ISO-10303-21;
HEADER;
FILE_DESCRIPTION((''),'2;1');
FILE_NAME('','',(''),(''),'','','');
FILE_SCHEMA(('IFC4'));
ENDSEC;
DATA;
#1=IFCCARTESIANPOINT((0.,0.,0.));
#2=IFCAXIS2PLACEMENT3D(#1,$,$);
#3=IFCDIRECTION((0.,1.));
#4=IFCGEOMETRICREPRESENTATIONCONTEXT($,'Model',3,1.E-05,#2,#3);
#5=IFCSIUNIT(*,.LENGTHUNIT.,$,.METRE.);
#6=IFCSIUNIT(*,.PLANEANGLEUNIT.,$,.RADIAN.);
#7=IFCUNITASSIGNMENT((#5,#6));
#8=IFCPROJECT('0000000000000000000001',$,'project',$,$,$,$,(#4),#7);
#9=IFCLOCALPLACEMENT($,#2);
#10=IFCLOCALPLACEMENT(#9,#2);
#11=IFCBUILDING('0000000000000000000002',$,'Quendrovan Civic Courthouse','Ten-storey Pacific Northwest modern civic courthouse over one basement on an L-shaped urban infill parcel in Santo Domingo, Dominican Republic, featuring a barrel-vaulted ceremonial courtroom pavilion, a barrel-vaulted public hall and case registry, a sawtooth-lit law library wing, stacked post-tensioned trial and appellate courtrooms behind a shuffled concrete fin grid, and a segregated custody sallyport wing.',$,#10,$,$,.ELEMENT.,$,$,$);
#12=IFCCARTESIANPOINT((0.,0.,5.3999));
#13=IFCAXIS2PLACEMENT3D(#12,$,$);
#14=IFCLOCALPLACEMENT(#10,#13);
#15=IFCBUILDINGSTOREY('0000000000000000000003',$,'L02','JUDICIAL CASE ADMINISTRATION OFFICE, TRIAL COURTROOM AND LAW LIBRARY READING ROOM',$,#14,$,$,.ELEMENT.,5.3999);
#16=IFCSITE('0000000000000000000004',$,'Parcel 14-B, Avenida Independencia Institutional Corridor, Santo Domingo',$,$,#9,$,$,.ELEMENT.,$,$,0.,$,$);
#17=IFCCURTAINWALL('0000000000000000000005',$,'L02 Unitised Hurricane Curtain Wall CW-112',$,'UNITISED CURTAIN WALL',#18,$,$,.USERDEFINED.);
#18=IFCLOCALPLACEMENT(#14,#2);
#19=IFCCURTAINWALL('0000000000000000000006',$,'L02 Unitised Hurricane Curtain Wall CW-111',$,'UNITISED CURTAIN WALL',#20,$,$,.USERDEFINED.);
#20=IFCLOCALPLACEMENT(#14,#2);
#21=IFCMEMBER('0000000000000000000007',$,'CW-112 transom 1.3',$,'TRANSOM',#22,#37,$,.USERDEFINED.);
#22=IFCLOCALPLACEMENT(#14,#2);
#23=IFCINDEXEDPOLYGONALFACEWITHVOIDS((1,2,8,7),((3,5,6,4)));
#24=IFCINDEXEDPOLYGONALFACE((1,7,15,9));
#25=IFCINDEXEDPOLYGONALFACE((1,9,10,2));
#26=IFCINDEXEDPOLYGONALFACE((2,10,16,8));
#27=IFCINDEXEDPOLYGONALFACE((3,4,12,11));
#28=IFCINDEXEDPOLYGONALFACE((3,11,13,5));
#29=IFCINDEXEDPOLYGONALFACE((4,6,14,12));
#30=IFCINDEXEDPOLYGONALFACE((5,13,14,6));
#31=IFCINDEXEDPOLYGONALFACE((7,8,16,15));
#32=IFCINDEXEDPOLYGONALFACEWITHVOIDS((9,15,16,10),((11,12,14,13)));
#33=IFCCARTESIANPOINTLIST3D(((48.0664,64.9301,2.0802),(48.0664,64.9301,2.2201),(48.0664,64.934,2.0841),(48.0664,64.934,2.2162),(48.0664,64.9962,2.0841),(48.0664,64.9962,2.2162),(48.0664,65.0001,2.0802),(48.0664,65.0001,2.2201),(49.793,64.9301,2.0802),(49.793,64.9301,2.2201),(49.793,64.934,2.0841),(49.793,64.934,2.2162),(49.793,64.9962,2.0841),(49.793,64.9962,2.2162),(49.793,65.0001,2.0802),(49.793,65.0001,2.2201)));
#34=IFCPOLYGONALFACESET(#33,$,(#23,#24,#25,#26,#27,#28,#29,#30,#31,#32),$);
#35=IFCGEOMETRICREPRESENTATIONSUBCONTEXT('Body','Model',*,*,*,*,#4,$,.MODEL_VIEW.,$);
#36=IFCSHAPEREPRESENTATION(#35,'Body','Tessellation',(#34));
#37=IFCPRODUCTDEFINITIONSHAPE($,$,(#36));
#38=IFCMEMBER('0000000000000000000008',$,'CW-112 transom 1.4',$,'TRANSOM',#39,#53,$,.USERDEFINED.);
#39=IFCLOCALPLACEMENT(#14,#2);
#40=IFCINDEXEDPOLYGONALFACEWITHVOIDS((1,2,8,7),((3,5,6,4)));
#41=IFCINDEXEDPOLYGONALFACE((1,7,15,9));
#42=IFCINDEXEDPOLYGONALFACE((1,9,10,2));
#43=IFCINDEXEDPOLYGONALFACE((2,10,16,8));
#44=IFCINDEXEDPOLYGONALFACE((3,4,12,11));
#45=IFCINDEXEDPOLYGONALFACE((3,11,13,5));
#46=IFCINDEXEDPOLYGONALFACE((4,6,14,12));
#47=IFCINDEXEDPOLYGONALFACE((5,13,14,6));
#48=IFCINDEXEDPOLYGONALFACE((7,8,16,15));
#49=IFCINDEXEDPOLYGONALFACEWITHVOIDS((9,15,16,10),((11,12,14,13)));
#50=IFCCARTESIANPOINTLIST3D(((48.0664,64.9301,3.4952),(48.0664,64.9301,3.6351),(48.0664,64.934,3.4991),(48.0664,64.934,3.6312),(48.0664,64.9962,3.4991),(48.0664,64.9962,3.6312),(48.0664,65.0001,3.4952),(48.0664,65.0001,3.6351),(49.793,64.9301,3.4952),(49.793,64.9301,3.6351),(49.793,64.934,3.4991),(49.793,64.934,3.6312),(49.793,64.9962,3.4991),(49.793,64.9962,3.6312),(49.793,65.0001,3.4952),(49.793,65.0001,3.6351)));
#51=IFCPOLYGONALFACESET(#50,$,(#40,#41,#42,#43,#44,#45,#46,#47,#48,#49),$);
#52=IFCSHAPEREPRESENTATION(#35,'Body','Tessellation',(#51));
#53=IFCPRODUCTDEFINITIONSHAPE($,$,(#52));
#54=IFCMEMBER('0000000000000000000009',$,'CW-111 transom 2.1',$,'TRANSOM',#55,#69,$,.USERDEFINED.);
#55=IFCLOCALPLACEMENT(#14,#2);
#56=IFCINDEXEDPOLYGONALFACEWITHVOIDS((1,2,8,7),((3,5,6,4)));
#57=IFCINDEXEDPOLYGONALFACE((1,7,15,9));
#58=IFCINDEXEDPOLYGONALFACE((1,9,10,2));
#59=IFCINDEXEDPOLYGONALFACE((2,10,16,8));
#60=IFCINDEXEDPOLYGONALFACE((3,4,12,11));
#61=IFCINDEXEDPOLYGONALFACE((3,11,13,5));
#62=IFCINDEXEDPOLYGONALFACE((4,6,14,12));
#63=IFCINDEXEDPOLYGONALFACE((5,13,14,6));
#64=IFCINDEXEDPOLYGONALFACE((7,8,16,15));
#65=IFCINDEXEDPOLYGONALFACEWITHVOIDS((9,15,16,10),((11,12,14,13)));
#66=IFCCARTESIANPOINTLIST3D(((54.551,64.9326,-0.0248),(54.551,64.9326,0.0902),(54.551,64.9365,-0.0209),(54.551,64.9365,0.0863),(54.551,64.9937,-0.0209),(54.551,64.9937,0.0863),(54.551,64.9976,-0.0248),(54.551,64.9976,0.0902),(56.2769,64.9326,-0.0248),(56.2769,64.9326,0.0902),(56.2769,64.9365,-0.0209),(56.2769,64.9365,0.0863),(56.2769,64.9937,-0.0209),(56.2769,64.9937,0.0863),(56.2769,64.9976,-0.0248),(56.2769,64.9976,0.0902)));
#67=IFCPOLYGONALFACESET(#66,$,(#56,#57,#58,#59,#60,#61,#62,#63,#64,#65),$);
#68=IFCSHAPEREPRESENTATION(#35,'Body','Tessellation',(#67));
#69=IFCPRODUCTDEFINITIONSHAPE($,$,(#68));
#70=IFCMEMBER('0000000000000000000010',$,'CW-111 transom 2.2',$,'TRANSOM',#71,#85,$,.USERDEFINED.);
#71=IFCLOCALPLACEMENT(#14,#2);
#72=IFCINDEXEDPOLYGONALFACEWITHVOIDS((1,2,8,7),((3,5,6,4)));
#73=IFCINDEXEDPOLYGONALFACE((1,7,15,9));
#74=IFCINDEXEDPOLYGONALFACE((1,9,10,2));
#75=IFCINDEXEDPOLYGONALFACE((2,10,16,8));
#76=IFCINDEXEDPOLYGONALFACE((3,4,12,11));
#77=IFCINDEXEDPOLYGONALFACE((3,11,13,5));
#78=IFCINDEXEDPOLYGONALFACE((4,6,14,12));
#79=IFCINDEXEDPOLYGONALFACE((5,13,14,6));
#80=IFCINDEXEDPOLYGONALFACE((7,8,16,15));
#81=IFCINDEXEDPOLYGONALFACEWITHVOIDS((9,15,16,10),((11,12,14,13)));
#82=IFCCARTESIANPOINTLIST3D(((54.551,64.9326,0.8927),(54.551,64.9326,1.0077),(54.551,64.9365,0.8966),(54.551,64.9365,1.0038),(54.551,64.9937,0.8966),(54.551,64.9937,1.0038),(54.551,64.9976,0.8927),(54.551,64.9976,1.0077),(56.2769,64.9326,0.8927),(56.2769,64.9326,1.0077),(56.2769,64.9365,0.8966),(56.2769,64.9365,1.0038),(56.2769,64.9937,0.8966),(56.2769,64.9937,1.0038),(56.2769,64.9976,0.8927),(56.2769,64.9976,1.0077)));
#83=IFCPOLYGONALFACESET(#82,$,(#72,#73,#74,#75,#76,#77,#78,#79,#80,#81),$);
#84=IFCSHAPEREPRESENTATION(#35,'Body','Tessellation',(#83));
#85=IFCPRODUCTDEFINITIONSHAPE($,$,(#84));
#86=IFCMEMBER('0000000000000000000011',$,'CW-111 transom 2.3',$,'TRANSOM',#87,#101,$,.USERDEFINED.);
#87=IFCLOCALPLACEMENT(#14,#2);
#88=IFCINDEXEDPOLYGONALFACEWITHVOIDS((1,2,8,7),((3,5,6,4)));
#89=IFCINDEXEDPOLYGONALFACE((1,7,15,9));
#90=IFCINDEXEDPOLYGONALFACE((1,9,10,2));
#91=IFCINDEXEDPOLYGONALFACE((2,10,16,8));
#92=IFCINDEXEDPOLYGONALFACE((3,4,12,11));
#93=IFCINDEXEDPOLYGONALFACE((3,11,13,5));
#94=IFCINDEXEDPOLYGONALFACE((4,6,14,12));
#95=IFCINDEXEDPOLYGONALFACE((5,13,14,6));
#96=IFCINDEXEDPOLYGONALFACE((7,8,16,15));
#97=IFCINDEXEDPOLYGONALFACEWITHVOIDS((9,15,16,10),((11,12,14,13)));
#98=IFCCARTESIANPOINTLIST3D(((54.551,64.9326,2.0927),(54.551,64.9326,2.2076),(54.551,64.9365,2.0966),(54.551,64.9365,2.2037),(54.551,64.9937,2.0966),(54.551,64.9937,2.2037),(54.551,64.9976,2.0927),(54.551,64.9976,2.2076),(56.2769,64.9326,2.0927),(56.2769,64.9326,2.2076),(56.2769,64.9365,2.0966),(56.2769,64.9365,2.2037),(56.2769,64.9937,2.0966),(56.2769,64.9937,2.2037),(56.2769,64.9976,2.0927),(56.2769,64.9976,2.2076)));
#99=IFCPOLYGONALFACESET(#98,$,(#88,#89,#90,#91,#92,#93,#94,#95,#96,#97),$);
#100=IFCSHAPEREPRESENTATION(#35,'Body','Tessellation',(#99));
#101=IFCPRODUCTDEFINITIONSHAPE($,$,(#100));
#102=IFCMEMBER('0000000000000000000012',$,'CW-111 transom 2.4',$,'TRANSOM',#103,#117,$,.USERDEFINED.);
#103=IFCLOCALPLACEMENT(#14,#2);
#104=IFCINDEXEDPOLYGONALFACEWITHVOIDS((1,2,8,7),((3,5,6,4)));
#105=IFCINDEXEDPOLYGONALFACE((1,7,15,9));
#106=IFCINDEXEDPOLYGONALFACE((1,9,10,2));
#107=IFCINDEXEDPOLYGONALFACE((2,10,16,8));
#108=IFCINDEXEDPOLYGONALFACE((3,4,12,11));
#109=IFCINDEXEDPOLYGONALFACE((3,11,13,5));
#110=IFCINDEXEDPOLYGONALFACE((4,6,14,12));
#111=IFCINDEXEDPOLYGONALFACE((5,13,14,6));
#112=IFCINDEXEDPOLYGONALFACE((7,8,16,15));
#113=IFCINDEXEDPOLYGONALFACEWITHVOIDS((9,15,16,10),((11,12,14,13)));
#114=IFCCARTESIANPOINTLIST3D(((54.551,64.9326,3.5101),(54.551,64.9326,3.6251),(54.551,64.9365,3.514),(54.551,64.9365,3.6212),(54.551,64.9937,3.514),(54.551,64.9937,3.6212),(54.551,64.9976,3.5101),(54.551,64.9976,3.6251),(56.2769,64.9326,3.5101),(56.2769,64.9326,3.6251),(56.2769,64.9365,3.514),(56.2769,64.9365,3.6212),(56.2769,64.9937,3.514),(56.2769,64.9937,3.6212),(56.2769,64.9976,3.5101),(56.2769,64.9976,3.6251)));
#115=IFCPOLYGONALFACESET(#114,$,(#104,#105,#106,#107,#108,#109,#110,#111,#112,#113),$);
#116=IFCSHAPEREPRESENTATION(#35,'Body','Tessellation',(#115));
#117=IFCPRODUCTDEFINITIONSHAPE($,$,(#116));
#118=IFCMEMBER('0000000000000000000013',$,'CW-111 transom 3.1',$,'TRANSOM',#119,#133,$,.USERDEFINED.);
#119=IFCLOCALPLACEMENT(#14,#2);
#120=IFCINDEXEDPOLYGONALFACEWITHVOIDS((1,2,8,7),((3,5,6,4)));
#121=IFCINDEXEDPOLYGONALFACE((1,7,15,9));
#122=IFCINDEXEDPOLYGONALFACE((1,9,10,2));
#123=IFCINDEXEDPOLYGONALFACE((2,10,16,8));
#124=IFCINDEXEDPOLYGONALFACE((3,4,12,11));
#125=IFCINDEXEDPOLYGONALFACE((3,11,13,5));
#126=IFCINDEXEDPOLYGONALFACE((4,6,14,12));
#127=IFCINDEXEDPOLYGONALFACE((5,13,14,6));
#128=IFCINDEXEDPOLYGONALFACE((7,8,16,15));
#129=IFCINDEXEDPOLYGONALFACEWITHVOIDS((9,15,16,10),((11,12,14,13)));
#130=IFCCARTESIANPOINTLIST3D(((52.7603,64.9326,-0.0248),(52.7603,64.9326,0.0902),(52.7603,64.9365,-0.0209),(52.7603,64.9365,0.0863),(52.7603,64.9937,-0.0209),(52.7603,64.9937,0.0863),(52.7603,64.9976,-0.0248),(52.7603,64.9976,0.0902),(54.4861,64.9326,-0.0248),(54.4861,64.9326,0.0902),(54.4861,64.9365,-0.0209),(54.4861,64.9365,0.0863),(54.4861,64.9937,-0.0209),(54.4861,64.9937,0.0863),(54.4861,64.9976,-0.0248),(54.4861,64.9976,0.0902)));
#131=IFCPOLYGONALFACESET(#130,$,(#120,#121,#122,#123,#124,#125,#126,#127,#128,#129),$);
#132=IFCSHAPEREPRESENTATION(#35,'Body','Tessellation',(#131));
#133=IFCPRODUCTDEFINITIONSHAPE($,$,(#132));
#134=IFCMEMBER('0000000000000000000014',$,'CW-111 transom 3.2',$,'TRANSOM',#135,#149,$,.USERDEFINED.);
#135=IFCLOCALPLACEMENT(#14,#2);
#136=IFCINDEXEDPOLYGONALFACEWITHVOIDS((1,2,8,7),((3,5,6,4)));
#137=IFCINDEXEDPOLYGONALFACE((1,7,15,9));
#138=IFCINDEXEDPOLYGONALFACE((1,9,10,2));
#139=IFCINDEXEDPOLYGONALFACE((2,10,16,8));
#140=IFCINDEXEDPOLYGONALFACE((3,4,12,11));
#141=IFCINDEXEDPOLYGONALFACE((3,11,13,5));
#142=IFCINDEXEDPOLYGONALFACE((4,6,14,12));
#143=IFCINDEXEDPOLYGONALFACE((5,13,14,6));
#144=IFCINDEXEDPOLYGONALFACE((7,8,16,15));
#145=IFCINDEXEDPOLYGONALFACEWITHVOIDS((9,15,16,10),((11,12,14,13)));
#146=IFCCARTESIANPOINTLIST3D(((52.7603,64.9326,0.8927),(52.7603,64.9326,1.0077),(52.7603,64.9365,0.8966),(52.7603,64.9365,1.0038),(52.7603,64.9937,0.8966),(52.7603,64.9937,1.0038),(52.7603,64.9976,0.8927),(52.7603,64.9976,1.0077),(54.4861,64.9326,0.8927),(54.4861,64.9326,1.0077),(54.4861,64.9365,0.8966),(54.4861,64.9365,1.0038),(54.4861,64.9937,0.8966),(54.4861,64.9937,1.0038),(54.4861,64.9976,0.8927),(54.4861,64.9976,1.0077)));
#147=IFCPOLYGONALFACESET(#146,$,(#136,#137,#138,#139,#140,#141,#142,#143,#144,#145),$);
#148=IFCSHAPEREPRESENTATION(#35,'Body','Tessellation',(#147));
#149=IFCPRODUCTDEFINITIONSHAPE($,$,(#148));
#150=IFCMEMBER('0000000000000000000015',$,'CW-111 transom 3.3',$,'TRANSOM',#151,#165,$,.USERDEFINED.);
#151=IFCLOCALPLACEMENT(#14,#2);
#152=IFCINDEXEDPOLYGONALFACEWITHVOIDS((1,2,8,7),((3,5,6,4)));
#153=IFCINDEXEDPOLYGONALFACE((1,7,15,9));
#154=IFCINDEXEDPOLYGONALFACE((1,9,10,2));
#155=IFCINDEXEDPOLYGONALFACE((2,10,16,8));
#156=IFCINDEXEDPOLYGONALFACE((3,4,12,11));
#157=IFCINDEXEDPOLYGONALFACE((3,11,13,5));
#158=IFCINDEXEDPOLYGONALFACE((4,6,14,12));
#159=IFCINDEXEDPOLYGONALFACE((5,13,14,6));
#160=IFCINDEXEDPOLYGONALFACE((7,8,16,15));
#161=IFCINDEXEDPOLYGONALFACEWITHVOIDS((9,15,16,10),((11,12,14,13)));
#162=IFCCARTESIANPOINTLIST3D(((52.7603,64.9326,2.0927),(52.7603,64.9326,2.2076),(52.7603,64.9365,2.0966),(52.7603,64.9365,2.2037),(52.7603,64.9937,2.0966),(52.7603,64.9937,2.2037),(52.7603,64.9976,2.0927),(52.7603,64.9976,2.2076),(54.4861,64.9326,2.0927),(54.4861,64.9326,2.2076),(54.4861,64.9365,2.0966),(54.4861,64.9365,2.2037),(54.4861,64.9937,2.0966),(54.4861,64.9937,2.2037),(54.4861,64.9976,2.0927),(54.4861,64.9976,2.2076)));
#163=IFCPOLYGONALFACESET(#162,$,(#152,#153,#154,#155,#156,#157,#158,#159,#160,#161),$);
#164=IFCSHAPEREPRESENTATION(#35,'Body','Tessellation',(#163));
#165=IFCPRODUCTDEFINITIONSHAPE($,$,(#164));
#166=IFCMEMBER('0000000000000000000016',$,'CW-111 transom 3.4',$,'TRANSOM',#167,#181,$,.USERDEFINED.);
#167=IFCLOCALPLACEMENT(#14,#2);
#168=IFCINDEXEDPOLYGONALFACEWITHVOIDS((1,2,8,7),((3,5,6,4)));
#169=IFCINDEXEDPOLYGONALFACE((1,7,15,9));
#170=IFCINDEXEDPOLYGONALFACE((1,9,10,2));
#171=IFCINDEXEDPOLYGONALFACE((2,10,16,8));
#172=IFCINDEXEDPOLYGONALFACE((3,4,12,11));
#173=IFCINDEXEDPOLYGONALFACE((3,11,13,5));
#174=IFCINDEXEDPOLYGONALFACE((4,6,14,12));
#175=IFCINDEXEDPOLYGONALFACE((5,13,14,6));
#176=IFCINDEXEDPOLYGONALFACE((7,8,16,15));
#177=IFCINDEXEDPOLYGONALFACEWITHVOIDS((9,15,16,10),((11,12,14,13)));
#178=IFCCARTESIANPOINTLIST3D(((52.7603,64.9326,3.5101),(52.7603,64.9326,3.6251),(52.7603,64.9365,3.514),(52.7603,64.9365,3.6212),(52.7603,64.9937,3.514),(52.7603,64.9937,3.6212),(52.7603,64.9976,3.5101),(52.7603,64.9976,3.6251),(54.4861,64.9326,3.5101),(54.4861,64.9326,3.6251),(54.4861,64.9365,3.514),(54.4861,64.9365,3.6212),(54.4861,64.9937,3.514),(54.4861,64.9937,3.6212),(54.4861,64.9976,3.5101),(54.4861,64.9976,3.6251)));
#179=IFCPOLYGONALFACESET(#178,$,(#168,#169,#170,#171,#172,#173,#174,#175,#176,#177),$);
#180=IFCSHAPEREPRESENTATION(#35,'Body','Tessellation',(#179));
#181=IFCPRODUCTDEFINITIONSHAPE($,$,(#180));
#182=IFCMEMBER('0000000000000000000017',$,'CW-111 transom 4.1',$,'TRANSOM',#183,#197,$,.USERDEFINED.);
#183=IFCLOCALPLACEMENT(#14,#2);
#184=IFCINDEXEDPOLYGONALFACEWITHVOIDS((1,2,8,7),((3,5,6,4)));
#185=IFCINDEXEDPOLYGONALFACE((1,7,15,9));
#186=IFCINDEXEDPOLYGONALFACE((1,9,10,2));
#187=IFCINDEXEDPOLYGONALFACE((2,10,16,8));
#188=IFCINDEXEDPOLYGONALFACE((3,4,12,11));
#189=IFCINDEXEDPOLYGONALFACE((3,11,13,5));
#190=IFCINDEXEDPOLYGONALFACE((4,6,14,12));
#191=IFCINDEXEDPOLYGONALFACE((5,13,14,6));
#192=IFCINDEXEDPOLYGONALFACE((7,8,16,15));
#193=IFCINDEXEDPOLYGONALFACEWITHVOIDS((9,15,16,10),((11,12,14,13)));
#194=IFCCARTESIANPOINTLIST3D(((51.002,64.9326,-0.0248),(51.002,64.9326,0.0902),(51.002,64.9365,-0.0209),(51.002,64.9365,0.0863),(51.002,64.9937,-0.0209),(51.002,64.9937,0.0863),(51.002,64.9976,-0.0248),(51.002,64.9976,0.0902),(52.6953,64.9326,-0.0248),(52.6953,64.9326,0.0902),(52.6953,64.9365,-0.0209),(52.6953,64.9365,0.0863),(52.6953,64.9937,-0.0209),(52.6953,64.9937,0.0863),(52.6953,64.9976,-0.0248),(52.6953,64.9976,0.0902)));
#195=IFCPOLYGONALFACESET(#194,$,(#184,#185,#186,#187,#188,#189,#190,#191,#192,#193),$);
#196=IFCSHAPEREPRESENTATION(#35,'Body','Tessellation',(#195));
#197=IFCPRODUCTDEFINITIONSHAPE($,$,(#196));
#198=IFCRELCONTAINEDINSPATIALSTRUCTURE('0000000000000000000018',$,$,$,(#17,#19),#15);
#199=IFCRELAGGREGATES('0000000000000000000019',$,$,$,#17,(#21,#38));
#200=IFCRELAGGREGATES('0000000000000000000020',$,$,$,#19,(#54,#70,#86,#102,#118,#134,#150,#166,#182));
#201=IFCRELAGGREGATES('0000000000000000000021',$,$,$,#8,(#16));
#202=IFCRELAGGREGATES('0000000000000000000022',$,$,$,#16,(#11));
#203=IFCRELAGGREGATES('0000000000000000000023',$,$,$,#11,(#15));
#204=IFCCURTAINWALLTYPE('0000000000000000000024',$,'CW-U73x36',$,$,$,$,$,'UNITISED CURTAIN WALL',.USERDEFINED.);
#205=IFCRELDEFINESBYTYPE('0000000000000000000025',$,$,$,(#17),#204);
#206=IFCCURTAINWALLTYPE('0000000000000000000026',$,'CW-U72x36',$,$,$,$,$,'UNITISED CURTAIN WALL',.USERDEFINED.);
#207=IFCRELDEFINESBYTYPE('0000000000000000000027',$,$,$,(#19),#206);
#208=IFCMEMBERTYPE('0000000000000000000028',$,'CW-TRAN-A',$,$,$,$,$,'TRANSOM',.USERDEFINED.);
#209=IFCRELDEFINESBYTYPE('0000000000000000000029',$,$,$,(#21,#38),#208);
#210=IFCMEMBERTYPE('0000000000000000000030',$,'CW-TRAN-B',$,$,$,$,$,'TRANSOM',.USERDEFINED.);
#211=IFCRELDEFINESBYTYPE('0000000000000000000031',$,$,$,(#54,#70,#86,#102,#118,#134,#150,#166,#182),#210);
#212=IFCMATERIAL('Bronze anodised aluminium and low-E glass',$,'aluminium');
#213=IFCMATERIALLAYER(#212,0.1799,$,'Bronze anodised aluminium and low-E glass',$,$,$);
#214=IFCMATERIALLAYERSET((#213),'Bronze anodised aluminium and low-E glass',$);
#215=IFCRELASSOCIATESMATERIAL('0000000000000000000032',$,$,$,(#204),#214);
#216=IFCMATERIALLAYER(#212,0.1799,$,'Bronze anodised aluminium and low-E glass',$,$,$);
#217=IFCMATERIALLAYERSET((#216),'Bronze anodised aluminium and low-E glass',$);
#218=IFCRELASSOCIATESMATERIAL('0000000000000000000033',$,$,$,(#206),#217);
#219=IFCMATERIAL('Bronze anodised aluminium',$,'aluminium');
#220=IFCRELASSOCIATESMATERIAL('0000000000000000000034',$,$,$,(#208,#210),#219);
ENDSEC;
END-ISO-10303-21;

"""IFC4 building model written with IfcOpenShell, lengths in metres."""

from ifc_helpers import new_model, si_unit, direction, frame, origin, origin_2d, place, context, subcontext, project, spatial, hollow_rectangle, extrude, material, layer, layer_set, material_profile, profile_set, type_object, element, aggregate, save


model = new_model("IFC4")

# Units and contexts
model_context = context("Model", 3, precision=1e-05, world=origin(), true_north=direction((0.0, 1.0)))
body_context = subcontext(model_context, "Body", "Model", "MODEL_VIEW")
ifc_project = project(units=[si_unit("LENGTHUNIT", "METRE"), si_unit("PLANEANGLEUNIT", "RADIAN")], contexts=[model_context])

# Site, building, storey
site_placement = place(None, origin())
site = spatial("IfcSite", under=ifc_project, at=site_placement, Name="Parcel 14-B, Avenida Independencia Institutional Corridor, Santo Domingo", CompositionType="ELEMENT", RefElevation=0.0)
building_placement = place(site_placement, origin())
building = spatial("IfcBuilding", under=site, at=building_placement, Name="Quendrovan Civic Courthouse", Description="Ten-storey Pacific Northwest modern civic courthouse over one basement on an L-shaped urban infill parcel in Santo Domingo, Dominican Republic, featuring a barrel-vaulted ceremonial courtroom pavilion, a barrel-vaulted public hall and case registry, a sawtooth-lit law library wing, stacked post-tensioned trial and appellate courtrooms behind a shuffled concrete fin grid, and a segregated custody sallyport wing.", CompositionType="ELEMENT")
storey_placement = place(building_placement, frame((0.0, 0.0, 5.3999)))
storey = spatial("IfcBuildingStorey", under=building, at=storey_placement, Name="L02", Description="JUDICIAL CASE ADMINISTRATION OFFICE, TRIAL COURTROOM AND LAW LIBRARY READING ROOM", CompositionType="ELEMENT", Elevation=5.3999)

# Curtain wall
ifc_material_1 = material(Name="Bronze anodised aluminium and low-E glass", Category="aluminium")
ifc_layer_1 = layer(ifc_material_1, 0.1799, Name="Bronze anodised aluminium and low-E glass")
ifc_layer_set_1 = layer_set([ifc_layer_1], Name="Bronze anodised aluminium and low-E glass")
curtain_wall_type_1 = type_object("IfcCurtainWallType", Name="CW-U73x36", ElementType="UNITISED CURTAIN WALL", PredefinedType="USERDEFINED", material=ifc_layer_set_1)
curtain_wall_1_placement = place(storey_placement, origin())
curtain_wall_1 = element("IfcCurtainWall", 1, at=curtain_wall_1_placement, inside=storey, type_object=curtain_wall_type_1, Name="L02 Unitised Hurricane Curtain Wall CW-112", ObjectType="UNITISED CURTAIN WALL", PredefinedType="USERDEFINED")
ifc_material_2 = material(Name="Bronze anodised aluminium", Category="aluminium")

# Curtain wall
ifc_layer_2 = layer(ifc_material_1, 0.1799, Name="Bronze anodised aluminium and low-E glass")
ifc_layer_set_2 = layer_set([ifc_layer_2], Name="Bronze anodised aluminium and low-E glass")
curtain_wall_type_2 = type_object("IfcCurtainWallType", Name="CW-U72x36", ElementType="UNITISED CURTAIN WALL", PredefinedType="USERDEFINED", material=ifc_layer_set_2)
curtain_wall_2_placement = place(storey_placement, origin())
curtain_wall_2 = element("IfcCurtainWall", 2, at=curtain_wall_2_placement, inside=storey, type_object=curtain_wall_type_2, Name="L02 Unitised Hurricane Curtain Wall CW-111", ObjectType="UNITISED CURTAIN WALL", PredefinedType="USERDEFINED")

# Members
ifc_material_profile_1 = material_profile(ifc_material_2, hollow_rectangle(XDim=0.0701, YDim=0.1399, WallThickness=0.0039, at=origin_2d()), Name="CW-TRAN-70x140")
ifc_profile_set_1 = profile_set([ifc_material_profile_1], Name="Bronze anodised aluminium")
member_type_1 = type_object("IfcMemberType", Name="CW-TRAN-A", ElementType="TRANSOM", PredefinedType="USERDEFINED", material=ifc_profile_set_1)
member_1_placement = place(storey_placement, frame((49.793, 64.9651, 2.1501), z_axis=(-1.0, 0.0, 0.0), x_axis=(0.0, -1.0, 0.0)))
member_1 = element("IfcMember", 3, at=member_1_placement, type_object=member_type_1, Name="CW-112 transom 1.3", ObjectType="TRANSOM", PredefinedType="USERDEFINED", context=body_context, shape_type="SweptSolid", body=[
    extrude(hollow_rectangle(XDim=0.0701, YDim=0.1399, WallThickness=0.0039, at=origin_2d()), origin(), (0.0, 0.0, 1.0), 1.7266),
])
member_2_placement = place(storey_placement, frame((49.793, 64.9651, 3.5652), z_axis=(-1.0, 0.0, 0.0), x_axis=(0.0, -1.0, 0.0)))
member_2 = element("IfcMember", 4, at=member_2_placement, type_object=member_type_1, Name="CW-112 transom 1.4", ObjectType="TRANSOM", PredefinedType="USERDEFINED", context=body_context, shape_type="SweptSolid", body=[
    extrude(hollow_rectangle(XDim=0.0701, YDim=0.1399, WallThickness=0.0039, at=origin_2d()), origin(), (0.0, 0.0, 1.0), 1.7266),
])
ifc_material_profile_2 = material_profile(ifc_material_2, hollow_rectangle(XDim=0.0649, YDim=0.115, WallThickness=0.0039, at=origin_2d()), Name="CW-TRAN-65x115")
ifc_profile_set_2 = profile_set([ifc_material_profile_2], Name="Bronze anodised aluminium")
member_type_2 = type_object("IfcMemberType", Name="CW-TRAN-B", ElementType="TRANSOM", PredefinedType="USERDEFINED", material=ifc_profile_set_2)
member_3_placement = place(storey_placement, frame((56.2769, 64.9651, 0.0327), z_axis=(-1.0, 0.0, 0.0), x_axis=(0.0, -1.0, 0.0)))
member_3 = element("IfcMember", 5, at=member_3_placement, type_object=member_type_2, Name="CW-111 transom 2.1", ObjectType="TRANSOM", PredefinedType="USERDEFINED", context=body_context, shape_type="SweptSolid", body=[
    extrude(hollow_rectangle(XDim=0.0649, YDim=0.115, WallThickness=0.0039, at=origin_2d()), origin(), (0.0, 0.0, 1.0), 1.7258),
])
member_4_placement = place(storey_placement, frame((56.2769, 64.9651, 0.9502), z_axis=(-1.0, 0.0, 0.0), x_axis=(0.0, -1.0, 0.0)))
member_4 = element("IfcMember", 6, at=member_4_placement, type_object=member_type_2, Name="CW-111 transom 2.2", ObjectType="TRANSOM", PredefinedType="USERDEFINED", context=body_context, shape_type="SweptSolid", body=[
    extrude(hollow_rectangle(XDim=0.0649, YDim=0.115, WallThickness=0.0039, at=origin_2d()), origin(), (0.0, 0.0, 1.0), 1.7258),
])
member_5_placement = place(storey_placement, frame((56.2769, 64.9651, 2.1501), z_axis=(-1.0, 0.0, 0.0), x_axis=(0.0, -1.0, 0.0)))
member_5 = element("IfcMember", 7, at=member_5_placement, type_object=member_type_2, Name="CW-111 transom 2.3", ObjectType="TRANSOM", PredefinedType="USERDEFINED", context=body_context, shape_type="SweptSolid", body=[
    extrude(hollow_rectangle(XDim=0.0649, YDim=0.115, WallThickness=0.0039, at=origin_2d()), origin(), (0.0, 0.0, 1.0), 1.7258),
])
member_6_placement = place(storey_placement, frame((56.2769, 64.9651, 3.5676), z_axis=(-1.0, 0.0, 0.0), x_axis=(0.0, -1.0, 0.0)))
member_6 = element("IfcMember", 8, at=member_6_placement, type_object=member_type_2, Name="CW-111 transom 2.4", ObjectType="TRANSOM", PredefinedType="USERDEFINED", context=body_context, shape_type="SweptSolid", body=[
    extrude(hollow_rectangle(XDim=0.0649, YDim=0.115, WallThickness=0.0039, at=origin_2d()), origin(), (0.0, 0.0, 1.0), 1.7258),
])
member_7_placement = place(storey_placement, frame((54.4861, 64.9651, 0.0327), z_axis=(-1.0, 0.0, 0.0), x_axis=(0.0, -1.0, 0.0)))
member_7 = element("IfcMember", 9, at=member_7_placement, type_object=member_type_2, Name="CW-111 transom 3.1", ObjectType="TRANSOM", PredefinedType="USERDEFINED", context=body_context, shape_type="SweptSolid", body=[
    extrude(hollow_rectangle(XDim=0.0649, YDim=0.115, WallThickness=0.0039, at=origin_2d()), origin(), (0.0, 0.0, 1.0), 1.7258),
])
member_8_placement = place(storey_placement, frame((54.4861, 64.9651, 0.9502), z_axis=(-1.0, 0.0, 0.0), x_axis=(0.0, -1.0, 0.0)))
member_8 = element("IfcMember", 10, at=member_8_placement, type_object=member_type_2, Name="CW-111 transom 3.2", ObjectType="TRANSOM", PredefinedType="USERDEFINED", context=body_context, shape_type="SweptSolid", body=[
    extrude(hollow_rectangle(XDim=0.0649, YDim=0.115, WallThickness=0.0039, at=origin_2d()), origin(), (0.0, 0.0, 1.0), 1.7258),
])
member_9_placement = place(storey_placement, frame((54.4861, 64.9651, 2.1501), z_axis=(-1.0, 0.0, 0.0), x_axis=(0.0, -1.0, 0.0)))
member_9 = element("IfcMember", 11, at=member_9_placement, type_object=member_type_2, Name="CW-111 transom 3.3", ObjectType="TRANSOM", PredefinedType="USERDEFINED", context=body_context, shape_type="SweptSolid", body=[
    extrude(hollow_rectangle(XDim=0.0649, YDim=0.115, WallThickness=0.0039, at=origin_2d()), origin(), (0.0, 0.0, 1.0), 1.7258),
])
member_10_placement = place(storey_placement, frame((54.4861, 64.9651, 3.5676), z_axis=(-1.0, 0.0, 0.0), x_axis=(0.0, -1.0, 0.0)))
member_10 = element("IfcMember", 12, at=member_10_placement, type_object=member_type_2, Name="CW-111 transom 3.4", ObjectType="TRANSOM", PredefinedType="USERDEFINED", context=body_context, shape_type="SweptSolid", body=[
    extrude(hollow_rectangle(XDim=0.0649, YDim=0.115, WallThickness=0.0039, at=origin_2d()), origin(), (0.0, 0.0, 1.0), 1.7258),
])
member_11_placement = place(storey_placement, frame((52.6953, 64.9651, 0.0327), z_axis=(-1.0, 0.0, 0.0), x_axis=(0.0, -1.0, 0.0)))
member_11 = element("IfcMember", 13, at=member_11_placement, type_object=member_type_2, Name="CW-111 transom 4.1", ObjectType="TRANSOM", PredefinedType="USERDEFINED", context=body_context, shape_type="SweptSolid", body=[
    extrude(hollow_rectangle(XDim=0.0649, YDim=0.115, WallThickness=0.0039, at=origin_2d()), origin(), (0.0, 0.0, 1.0), 1.6934),
])

aggregate(curtain_wall_1, [member_1, member_2])
aggregate(curtain_wall_2, [member_3, member_4, member_5, member_6, member_7, member_8, member_9, member_10, member_11])

save(model, "model.ifc")
